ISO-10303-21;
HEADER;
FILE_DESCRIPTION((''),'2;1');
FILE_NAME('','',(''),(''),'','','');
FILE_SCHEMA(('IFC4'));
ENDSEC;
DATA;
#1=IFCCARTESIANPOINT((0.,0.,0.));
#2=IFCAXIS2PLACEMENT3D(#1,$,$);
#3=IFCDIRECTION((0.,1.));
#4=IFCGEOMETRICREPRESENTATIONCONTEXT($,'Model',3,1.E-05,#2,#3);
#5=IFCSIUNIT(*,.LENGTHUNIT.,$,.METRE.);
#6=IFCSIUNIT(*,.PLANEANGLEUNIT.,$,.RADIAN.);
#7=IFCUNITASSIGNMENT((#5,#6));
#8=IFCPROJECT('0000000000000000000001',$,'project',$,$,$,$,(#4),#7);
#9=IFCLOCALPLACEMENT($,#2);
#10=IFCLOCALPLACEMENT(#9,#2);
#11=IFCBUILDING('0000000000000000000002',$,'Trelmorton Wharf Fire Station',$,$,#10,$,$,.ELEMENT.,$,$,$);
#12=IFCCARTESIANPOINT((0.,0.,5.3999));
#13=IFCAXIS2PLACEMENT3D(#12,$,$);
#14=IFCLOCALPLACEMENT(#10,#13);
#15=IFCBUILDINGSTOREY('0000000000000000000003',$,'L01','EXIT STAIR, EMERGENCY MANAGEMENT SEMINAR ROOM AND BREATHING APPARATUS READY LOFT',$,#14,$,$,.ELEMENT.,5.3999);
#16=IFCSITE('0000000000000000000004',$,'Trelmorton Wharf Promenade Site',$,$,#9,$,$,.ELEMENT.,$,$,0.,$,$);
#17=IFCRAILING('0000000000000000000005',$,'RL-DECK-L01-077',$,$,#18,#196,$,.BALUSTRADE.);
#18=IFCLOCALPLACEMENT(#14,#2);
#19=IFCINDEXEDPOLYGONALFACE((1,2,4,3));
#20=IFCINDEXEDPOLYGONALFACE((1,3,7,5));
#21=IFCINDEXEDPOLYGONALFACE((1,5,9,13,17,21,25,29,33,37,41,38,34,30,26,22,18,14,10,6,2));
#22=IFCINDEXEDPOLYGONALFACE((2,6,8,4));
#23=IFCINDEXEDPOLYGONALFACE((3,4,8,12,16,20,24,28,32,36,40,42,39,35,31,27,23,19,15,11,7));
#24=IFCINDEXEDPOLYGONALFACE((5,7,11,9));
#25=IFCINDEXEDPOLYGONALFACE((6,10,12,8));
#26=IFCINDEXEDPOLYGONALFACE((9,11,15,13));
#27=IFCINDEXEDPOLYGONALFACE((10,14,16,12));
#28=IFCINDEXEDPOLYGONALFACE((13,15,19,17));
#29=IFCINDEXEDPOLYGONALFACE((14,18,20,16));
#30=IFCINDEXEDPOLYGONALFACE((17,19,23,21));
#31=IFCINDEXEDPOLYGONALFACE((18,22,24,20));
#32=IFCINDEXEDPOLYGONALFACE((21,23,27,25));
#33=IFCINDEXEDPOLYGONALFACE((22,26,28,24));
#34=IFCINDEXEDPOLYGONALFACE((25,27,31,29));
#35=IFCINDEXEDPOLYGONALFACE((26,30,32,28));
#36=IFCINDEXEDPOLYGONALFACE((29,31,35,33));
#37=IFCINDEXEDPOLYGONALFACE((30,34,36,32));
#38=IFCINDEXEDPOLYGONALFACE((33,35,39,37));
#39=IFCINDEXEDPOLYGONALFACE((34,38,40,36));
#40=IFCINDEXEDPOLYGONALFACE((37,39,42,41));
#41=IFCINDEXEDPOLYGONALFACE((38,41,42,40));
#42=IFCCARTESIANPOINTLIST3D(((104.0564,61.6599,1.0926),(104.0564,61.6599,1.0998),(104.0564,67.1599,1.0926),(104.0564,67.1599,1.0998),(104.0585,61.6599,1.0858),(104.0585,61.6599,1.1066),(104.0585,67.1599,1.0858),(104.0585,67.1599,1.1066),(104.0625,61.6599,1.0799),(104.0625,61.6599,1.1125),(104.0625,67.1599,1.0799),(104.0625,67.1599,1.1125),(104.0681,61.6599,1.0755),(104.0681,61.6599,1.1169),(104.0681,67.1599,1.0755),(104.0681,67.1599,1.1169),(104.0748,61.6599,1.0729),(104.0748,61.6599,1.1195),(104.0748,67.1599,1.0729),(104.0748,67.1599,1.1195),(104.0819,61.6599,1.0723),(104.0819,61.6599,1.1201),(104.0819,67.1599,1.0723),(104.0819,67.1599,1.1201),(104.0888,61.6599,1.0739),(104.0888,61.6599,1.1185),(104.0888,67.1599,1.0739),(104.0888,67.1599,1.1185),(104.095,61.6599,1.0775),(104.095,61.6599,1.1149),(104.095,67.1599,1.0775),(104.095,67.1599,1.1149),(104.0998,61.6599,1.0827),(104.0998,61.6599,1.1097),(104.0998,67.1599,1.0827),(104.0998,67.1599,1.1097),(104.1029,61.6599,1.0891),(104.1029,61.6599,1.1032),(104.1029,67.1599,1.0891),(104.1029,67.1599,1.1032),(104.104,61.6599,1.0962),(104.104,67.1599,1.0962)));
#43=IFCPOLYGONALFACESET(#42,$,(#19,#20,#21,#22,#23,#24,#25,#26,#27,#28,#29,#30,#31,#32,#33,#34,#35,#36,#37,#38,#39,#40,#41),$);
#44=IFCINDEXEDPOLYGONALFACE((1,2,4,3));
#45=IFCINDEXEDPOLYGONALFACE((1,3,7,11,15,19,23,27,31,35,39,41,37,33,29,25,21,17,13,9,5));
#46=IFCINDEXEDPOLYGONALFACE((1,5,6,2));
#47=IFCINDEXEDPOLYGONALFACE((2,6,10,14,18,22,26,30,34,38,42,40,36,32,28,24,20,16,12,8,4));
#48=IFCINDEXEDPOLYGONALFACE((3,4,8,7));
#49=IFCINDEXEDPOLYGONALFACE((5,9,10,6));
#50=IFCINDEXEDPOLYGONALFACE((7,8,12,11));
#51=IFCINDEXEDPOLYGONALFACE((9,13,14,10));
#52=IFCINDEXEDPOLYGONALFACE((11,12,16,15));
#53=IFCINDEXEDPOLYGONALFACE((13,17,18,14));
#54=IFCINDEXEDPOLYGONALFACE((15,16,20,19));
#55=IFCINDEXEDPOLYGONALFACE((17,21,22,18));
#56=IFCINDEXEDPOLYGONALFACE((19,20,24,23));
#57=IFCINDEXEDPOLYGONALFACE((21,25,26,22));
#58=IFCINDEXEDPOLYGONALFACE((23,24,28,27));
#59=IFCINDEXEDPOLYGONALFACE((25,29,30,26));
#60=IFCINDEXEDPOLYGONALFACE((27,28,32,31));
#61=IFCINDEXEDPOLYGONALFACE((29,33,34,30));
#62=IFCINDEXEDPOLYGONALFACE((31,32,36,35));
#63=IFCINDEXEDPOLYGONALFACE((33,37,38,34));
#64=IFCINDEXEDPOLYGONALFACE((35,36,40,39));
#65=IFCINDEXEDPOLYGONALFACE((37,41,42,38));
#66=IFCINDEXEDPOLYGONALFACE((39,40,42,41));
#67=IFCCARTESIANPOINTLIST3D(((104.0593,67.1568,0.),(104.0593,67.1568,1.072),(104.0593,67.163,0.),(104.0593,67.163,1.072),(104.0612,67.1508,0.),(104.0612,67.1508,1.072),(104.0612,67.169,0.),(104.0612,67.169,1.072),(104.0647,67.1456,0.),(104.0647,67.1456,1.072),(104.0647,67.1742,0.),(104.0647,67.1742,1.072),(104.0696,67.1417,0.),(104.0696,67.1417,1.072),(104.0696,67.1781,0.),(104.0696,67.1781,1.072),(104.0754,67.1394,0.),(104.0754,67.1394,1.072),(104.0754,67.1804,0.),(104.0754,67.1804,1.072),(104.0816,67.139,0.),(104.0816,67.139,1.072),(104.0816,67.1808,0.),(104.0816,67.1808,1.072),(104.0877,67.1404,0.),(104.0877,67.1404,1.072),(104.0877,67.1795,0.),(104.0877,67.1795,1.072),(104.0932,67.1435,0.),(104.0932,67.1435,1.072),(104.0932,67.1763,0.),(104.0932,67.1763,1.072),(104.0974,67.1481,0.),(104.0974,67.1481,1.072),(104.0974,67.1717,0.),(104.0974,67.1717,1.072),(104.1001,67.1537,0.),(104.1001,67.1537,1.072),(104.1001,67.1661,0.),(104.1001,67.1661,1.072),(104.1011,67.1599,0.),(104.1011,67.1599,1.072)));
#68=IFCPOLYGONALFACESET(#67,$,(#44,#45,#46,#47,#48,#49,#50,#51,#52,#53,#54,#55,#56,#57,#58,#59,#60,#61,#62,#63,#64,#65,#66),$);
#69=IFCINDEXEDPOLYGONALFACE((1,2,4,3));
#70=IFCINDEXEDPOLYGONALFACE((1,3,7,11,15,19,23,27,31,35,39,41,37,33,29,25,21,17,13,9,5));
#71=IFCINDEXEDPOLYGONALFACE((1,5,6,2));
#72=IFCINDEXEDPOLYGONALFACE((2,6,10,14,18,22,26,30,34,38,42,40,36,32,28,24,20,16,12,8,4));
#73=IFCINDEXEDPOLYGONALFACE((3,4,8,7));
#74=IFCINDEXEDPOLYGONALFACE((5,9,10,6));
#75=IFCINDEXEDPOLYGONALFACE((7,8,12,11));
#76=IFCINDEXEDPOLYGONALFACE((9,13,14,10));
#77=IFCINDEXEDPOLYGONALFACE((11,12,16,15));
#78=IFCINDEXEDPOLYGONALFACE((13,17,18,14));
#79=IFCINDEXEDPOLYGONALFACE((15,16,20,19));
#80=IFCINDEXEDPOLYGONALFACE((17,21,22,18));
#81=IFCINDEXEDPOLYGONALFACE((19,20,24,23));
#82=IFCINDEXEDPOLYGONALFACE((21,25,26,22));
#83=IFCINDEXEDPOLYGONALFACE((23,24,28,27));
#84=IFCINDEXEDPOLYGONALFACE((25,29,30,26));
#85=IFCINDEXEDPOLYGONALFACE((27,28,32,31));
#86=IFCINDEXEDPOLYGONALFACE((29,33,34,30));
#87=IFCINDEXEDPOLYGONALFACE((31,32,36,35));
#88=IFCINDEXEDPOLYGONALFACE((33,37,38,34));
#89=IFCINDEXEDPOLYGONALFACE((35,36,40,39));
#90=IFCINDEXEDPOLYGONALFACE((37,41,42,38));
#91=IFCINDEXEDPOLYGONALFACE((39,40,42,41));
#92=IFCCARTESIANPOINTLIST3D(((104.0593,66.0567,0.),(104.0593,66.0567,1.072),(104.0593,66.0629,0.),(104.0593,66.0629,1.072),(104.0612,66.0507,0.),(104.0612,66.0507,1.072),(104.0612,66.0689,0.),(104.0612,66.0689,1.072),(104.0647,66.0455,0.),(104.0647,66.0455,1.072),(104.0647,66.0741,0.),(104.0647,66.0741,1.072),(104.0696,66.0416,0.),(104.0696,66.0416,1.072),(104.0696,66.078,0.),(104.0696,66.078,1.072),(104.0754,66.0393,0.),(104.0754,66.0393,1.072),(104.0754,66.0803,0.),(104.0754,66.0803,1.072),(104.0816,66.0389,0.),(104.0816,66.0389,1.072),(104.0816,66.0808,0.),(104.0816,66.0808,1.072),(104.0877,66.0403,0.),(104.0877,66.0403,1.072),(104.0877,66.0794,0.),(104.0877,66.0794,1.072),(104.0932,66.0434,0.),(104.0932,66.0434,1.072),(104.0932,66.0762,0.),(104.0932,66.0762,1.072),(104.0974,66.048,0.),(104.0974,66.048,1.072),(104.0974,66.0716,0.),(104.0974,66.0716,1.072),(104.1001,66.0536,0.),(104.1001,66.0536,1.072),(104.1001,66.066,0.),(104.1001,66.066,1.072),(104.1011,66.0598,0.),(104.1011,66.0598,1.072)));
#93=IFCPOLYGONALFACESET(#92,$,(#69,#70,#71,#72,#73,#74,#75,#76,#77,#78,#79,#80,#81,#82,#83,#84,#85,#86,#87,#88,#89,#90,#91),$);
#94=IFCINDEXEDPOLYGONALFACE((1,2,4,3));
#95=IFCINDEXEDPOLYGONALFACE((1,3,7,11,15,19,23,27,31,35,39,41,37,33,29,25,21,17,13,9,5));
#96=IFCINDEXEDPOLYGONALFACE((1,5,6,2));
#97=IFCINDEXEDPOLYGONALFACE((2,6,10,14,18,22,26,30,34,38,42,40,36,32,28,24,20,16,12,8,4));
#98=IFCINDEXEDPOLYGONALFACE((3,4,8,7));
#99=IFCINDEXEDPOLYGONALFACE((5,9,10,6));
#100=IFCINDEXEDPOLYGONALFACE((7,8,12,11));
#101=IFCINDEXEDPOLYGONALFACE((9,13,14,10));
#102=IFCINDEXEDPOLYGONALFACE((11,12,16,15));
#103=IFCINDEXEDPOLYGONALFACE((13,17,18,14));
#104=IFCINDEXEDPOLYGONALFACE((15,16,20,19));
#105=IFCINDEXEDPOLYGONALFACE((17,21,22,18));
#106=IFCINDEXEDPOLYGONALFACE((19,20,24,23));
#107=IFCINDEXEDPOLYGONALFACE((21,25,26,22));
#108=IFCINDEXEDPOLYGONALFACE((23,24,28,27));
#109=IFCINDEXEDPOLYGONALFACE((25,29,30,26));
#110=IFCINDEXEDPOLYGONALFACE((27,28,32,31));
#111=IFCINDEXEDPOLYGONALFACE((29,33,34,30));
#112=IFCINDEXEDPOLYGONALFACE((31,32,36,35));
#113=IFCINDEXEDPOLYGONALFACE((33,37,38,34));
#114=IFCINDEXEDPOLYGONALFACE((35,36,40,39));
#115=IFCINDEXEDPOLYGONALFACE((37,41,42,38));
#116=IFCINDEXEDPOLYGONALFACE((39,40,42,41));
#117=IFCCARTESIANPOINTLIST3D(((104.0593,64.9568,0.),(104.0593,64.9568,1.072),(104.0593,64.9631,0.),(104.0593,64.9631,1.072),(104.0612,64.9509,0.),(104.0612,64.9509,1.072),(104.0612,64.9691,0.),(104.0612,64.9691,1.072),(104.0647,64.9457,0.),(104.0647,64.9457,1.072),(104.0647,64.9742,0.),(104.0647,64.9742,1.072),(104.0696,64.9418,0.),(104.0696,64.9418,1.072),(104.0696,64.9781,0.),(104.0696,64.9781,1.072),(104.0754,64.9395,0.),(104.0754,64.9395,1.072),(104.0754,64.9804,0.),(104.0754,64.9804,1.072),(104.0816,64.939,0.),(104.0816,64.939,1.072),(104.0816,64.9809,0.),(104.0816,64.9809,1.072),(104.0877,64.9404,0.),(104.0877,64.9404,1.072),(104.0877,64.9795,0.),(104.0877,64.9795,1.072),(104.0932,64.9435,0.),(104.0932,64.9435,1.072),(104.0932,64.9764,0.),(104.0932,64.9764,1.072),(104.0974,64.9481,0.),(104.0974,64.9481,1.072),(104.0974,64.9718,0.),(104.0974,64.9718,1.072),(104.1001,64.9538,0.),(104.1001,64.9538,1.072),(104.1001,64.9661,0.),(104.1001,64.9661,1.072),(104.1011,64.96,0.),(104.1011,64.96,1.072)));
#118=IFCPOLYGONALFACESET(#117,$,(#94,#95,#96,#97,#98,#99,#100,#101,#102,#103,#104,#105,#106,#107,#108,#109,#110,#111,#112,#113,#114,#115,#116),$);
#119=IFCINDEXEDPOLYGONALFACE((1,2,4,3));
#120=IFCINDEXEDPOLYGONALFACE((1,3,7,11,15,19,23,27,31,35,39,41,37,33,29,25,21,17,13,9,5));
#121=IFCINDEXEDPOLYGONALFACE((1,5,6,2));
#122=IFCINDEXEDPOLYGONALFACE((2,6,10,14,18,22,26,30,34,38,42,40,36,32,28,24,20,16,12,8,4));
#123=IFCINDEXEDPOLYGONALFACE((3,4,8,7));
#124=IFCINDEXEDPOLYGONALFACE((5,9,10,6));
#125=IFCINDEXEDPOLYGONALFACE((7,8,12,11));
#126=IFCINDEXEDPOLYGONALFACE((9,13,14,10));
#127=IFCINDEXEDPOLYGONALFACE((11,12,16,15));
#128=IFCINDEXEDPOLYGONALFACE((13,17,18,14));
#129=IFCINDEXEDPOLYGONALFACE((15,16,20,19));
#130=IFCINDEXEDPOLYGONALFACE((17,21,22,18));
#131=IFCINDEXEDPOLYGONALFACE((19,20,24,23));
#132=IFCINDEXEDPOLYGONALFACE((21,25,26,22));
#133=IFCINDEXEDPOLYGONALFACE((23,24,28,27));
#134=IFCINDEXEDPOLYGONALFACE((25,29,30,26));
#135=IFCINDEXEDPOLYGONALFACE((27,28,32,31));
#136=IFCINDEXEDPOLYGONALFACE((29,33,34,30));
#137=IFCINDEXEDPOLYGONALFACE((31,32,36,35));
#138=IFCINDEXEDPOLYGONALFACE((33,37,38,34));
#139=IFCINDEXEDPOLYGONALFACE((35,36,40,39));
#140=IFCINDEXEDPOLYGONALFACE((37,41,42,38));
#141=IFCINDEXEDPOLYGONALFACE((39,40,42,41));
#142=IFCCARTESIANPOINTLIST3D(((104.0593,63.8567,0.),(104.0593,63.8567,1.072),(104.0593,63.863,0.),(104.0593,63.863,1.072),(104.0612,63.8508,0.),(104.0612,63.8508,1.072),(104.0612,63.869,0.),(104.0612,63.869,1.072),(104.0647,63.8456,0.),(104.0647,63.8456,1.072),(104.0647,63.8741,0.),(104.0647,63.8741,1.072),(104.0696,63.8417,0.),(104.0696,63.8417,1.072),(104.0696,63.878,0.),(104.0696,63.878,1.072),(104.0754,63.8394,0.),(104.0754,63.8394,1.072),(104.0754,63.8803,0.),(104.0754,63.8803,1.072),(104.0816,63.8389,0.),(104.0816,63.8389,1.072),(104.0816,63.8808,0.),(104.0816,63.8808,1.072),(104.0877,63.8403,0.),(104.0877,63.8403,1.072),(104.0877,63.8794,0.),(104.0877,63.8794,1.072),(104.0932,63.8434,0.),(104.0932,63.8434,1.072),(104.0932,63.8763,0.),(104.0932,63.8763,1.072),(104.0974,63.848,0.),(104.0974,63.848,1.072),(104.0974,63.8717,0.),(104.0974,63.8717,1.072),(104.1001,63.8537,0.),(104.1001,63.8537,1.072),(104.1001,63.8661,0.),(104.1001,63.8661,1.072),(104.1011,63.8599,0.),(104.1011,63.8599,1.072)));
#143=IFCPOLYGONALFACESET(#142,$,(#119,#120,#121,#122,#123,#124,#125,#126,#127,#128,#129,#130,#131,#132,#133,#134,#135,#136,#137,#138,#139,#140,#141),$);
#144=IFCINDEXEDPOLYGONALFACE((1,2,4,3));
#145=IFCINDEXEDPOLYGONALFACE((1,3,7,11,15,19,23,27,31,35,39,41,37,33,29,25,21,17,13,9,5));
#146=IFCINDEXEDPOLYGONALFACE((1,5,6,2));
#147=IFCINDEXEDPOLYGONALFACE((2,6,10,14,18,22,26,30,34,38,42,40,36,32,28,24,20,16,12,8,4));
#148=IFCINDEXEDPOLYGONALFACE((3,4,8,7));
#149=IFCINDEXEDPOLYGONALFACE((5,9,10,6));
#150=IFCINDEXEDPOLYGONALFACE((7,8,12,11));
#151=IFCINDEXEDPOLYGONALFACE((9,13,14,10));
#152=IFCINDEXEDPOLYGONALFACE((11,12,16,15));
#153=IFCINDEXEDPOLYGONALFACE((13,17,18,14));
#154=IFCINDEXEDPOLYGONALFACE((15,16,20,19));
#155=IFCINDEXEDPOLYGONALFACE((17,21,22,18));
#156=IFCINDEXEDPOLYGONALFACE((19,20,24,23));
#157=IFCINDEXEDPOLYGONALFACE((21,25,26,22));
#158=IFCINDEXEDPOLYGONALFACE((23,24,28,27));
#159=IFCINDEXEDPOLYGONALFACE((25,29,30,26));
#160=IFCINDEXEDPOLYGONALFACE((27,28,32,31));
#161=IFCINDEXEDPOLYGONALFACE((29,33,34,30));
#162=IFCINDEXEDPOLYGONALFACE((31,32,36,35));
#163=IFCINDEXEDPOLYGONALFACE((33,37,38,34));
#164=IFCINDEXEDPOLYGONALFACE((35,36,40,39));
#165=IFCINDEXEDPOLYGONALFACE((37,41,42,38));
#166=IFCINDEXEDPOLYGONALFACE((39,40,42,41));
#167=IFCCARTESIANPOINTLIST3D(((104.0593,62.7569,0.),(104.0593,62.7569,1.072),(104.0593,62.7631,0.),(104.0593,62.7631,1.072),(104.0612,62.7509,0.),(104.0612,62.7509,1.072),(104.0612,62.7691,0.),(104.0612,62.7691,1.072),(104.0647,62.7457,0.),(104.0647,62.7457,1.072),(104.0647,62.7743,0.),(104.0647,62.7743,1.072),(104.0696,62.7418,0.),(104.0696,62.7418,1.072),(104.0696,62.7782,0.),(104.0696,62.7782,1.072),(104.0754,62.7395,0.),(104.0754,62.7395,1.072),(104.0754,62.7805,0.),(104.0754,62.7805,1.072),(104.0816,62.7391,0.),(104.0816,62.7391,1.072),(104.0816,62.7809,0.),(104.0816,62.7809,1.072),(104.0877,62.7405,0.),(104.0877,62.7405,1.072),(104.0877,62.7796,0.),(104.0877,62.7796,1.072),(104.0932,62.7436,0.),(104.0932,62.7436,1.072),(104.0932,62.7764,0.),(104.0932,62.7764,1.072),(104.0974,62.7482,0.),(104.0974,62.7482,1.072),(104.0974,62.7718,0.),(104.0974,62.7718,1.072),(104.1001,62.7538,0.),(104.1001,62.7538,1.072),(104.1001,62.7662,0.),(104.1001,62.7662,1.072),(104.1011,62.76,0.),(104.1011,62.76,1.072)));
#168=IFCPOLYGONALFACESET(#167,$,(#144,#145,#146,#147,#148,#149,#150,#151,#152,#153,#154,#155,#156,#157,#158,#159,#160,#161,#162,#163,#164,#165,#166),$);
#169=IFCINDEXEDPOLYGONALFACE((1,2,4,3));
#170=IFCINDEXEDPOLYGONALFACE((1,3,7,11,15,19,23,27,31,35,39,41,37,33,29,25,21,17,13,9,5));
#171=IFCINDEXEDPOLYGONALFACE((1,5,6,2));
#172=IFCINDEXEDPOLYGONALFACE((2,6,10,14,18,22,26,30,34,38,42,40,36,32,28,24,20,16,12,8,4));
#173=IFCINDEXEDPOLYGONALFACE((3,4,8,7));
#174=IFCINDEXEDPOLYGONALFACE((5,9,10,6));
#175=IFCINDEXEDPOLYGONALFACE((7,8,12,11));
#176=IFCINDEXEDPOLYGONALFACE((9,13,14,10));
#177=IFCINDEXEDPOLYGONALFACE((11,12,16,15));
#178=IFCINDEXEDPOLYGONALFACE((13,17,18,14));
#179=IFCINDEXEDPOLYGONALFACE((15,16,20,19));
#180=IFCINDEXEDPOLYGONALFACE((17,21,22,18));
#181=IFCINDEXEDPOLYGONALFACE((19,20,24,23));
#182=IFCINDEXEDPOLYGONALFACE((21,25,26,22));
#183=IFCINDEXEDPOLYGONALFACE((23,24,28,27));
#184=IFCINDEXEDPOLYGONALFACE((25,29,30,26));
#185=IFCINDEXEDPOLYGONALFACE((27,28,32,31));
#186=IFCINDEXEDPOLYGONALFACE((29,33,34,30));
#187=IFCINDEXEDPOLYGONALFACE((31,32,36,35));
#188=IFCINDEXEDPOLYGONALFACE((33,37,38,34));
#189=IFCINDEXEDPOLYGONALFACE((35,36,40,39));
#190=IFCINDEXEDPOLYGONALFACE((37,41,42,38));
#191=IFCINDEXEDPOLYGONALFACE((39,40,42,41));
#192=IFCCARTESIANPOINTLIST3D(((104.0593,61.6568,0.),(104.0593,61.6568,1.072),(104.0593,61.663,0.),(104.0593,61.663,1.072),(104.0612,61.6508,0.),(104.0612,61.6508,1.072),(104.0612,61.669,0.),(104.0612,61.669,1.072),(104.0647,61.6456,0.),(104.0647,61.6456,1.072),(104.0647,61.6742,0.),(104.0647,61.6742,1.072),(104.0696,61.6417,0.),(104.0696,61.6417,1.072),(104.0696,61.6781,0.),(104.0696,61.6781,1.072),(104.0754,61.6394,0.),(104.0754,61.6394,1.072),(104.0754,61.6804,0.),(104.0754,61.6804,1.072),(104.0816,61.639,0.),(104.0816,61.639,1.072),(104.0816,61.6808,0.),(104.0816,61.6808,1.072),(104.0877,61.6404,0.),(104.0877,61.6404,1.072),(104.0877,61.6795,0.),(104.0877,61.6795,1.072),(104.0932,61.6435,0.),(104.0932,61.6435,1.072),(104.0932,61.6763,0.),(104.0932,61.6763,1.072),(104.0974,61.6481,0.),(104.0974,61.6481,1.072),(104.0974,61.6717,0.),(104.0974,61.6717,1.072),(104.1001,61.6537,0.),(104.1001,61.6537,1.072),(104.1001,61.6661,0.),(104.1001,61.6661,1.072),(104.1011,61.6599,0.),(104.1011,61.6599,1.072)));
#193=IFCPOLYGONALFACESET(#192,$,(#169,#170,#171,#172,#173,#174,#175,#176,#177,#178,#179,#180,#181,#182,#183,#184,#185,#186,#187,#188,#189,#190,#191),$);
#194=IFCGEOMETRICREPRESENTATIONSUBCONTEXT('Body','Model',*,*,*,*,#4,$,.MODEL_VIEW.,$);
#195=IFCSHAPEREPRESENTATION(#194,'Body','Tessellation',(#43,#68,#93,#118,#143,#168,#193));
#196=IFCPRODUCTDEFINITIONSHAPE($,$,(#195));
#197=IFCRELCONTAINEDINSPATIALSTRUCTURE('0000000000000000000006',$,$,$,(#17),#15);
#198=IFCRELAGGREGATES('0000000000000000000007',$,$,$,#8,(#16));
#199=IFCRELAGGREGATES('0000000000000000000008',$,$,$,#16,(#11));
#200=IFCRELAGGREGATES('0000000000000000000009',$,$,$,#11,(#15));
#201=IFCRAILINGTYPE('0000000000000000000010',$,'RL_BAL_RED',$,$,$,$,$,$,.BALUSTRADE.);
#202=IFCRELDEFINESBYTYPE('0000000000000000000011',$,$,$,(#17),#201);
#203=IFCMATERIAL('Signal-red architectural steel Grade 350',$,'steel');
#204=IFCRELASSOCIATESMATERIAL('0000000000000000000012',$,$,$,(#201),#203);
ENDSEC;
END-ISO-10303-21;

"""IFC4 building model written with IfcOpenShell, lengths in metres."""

from ifc_helpers import new_model, si_unit, direction, frame, origin, origin_2d, place, context, subcontext, project, spatial, circle, extrude, material, type_object, element, save


model = new_model("IFC4")

# Units and contexts
model_context = context("Model", 3, precision=1e-05, world=origin(), true_north=direction((0.0, 1.0)))
body_context = subcontext(model_context, "Body", "Model", "MODEL_VIEW")
ifc_project = project(units=[si_unit("LENGTHUNIT", "METRE"), si_unit("PLANEANGLEUNIT", "RADIAN")], contexts=[model_context])

# Site, building, storey
site_placement = place(None, origin())
site = spatial("IfcSite", under=ifc_project, at=site_placement, Name="Trelmorton Wharf Promenade Site", CompositionType="ELEMENT", RefElevation=0.0)
building_placement = place(site_placement, origin())
building = spatial("IfcBuilding", under=site, at=building_placement, Name="Trelmorton Wharf Fire Station", CompositionType="ELEMENT")
storey_placement = place(building_placement, frame((0.0, 0.0, 5.3999)))
storey = spatial("IfcBuildingStorey", under=building, at=storey_placement, Name="L01", Description="EXIT STAIR, EMERGENCY MANAGEMENT SEMINAR ROOM AND BREATHING APPARATUS READY LOFT", CompositionType="ELEMENT", Elevation=5.3999)

# Railing
ifc_material_1 = material(Name="Signal-red architectural steel Grade 350", Category="steel")
railing_type = type_object("IfcRailingType", Name="RL_BAL_RED", PredefinedType="BALUSTRADE", material=ifc_material_1)
railing_1_placement = place(storey_placement, frame((104.0801, 67.1599, 0.0)))
element("IfcRailing", 1, at=railing_1_placement, inside=storey, type_object=railing_type, Name="RL-DECK-L01-077", PredefinedType="BALUSTRADE", context=body_context, shape_type="SweptSolid", body=[
    extrude(circle(Radius=0.0239, at=origin_2d()), frame((0.0, 0.0, 1.0962), z_axis=(0.0, -1.0, 0.0), x_axis=(1.0, 0.0, 0.0)), (0.0, 0.0, 1.0), 5.5),
    extrude(circle(Radius=0.021, at=origin_2d()), origin(), (0.0, 0.0, 1.0), 1.072),
    extrude(circle(Radius=0.021, at=origin_2d()), frame((0.0, -1.1001, 0.0)), (0.0, 0.0, 1.0), 1.072),
    extrude(circle(Radius=0.021, at=origin_2d()), frame((0.0, -2.2, 0.0)), (0.0, 0.0, 1.0), 1.072),
    extrude(circle(Radius=0.021, at=origin_2d()), frame((0.0, -3.3, 0.0)), (0.0, 0.0, 1.0), 1.072),
    extrude(circle(Radius=0.021, at=origin_2d()), frame((0.0, -4.3999, 0.0)), (0.0, 0.0, 1.0), 1.072),
    extrude(circle(Radius=0.021, at=origin_2d()), frame((0.0, -5.5, 0.0)), (0.0, 0.0, 1.0), 1.072),
])

save(model, "model.ifc")
